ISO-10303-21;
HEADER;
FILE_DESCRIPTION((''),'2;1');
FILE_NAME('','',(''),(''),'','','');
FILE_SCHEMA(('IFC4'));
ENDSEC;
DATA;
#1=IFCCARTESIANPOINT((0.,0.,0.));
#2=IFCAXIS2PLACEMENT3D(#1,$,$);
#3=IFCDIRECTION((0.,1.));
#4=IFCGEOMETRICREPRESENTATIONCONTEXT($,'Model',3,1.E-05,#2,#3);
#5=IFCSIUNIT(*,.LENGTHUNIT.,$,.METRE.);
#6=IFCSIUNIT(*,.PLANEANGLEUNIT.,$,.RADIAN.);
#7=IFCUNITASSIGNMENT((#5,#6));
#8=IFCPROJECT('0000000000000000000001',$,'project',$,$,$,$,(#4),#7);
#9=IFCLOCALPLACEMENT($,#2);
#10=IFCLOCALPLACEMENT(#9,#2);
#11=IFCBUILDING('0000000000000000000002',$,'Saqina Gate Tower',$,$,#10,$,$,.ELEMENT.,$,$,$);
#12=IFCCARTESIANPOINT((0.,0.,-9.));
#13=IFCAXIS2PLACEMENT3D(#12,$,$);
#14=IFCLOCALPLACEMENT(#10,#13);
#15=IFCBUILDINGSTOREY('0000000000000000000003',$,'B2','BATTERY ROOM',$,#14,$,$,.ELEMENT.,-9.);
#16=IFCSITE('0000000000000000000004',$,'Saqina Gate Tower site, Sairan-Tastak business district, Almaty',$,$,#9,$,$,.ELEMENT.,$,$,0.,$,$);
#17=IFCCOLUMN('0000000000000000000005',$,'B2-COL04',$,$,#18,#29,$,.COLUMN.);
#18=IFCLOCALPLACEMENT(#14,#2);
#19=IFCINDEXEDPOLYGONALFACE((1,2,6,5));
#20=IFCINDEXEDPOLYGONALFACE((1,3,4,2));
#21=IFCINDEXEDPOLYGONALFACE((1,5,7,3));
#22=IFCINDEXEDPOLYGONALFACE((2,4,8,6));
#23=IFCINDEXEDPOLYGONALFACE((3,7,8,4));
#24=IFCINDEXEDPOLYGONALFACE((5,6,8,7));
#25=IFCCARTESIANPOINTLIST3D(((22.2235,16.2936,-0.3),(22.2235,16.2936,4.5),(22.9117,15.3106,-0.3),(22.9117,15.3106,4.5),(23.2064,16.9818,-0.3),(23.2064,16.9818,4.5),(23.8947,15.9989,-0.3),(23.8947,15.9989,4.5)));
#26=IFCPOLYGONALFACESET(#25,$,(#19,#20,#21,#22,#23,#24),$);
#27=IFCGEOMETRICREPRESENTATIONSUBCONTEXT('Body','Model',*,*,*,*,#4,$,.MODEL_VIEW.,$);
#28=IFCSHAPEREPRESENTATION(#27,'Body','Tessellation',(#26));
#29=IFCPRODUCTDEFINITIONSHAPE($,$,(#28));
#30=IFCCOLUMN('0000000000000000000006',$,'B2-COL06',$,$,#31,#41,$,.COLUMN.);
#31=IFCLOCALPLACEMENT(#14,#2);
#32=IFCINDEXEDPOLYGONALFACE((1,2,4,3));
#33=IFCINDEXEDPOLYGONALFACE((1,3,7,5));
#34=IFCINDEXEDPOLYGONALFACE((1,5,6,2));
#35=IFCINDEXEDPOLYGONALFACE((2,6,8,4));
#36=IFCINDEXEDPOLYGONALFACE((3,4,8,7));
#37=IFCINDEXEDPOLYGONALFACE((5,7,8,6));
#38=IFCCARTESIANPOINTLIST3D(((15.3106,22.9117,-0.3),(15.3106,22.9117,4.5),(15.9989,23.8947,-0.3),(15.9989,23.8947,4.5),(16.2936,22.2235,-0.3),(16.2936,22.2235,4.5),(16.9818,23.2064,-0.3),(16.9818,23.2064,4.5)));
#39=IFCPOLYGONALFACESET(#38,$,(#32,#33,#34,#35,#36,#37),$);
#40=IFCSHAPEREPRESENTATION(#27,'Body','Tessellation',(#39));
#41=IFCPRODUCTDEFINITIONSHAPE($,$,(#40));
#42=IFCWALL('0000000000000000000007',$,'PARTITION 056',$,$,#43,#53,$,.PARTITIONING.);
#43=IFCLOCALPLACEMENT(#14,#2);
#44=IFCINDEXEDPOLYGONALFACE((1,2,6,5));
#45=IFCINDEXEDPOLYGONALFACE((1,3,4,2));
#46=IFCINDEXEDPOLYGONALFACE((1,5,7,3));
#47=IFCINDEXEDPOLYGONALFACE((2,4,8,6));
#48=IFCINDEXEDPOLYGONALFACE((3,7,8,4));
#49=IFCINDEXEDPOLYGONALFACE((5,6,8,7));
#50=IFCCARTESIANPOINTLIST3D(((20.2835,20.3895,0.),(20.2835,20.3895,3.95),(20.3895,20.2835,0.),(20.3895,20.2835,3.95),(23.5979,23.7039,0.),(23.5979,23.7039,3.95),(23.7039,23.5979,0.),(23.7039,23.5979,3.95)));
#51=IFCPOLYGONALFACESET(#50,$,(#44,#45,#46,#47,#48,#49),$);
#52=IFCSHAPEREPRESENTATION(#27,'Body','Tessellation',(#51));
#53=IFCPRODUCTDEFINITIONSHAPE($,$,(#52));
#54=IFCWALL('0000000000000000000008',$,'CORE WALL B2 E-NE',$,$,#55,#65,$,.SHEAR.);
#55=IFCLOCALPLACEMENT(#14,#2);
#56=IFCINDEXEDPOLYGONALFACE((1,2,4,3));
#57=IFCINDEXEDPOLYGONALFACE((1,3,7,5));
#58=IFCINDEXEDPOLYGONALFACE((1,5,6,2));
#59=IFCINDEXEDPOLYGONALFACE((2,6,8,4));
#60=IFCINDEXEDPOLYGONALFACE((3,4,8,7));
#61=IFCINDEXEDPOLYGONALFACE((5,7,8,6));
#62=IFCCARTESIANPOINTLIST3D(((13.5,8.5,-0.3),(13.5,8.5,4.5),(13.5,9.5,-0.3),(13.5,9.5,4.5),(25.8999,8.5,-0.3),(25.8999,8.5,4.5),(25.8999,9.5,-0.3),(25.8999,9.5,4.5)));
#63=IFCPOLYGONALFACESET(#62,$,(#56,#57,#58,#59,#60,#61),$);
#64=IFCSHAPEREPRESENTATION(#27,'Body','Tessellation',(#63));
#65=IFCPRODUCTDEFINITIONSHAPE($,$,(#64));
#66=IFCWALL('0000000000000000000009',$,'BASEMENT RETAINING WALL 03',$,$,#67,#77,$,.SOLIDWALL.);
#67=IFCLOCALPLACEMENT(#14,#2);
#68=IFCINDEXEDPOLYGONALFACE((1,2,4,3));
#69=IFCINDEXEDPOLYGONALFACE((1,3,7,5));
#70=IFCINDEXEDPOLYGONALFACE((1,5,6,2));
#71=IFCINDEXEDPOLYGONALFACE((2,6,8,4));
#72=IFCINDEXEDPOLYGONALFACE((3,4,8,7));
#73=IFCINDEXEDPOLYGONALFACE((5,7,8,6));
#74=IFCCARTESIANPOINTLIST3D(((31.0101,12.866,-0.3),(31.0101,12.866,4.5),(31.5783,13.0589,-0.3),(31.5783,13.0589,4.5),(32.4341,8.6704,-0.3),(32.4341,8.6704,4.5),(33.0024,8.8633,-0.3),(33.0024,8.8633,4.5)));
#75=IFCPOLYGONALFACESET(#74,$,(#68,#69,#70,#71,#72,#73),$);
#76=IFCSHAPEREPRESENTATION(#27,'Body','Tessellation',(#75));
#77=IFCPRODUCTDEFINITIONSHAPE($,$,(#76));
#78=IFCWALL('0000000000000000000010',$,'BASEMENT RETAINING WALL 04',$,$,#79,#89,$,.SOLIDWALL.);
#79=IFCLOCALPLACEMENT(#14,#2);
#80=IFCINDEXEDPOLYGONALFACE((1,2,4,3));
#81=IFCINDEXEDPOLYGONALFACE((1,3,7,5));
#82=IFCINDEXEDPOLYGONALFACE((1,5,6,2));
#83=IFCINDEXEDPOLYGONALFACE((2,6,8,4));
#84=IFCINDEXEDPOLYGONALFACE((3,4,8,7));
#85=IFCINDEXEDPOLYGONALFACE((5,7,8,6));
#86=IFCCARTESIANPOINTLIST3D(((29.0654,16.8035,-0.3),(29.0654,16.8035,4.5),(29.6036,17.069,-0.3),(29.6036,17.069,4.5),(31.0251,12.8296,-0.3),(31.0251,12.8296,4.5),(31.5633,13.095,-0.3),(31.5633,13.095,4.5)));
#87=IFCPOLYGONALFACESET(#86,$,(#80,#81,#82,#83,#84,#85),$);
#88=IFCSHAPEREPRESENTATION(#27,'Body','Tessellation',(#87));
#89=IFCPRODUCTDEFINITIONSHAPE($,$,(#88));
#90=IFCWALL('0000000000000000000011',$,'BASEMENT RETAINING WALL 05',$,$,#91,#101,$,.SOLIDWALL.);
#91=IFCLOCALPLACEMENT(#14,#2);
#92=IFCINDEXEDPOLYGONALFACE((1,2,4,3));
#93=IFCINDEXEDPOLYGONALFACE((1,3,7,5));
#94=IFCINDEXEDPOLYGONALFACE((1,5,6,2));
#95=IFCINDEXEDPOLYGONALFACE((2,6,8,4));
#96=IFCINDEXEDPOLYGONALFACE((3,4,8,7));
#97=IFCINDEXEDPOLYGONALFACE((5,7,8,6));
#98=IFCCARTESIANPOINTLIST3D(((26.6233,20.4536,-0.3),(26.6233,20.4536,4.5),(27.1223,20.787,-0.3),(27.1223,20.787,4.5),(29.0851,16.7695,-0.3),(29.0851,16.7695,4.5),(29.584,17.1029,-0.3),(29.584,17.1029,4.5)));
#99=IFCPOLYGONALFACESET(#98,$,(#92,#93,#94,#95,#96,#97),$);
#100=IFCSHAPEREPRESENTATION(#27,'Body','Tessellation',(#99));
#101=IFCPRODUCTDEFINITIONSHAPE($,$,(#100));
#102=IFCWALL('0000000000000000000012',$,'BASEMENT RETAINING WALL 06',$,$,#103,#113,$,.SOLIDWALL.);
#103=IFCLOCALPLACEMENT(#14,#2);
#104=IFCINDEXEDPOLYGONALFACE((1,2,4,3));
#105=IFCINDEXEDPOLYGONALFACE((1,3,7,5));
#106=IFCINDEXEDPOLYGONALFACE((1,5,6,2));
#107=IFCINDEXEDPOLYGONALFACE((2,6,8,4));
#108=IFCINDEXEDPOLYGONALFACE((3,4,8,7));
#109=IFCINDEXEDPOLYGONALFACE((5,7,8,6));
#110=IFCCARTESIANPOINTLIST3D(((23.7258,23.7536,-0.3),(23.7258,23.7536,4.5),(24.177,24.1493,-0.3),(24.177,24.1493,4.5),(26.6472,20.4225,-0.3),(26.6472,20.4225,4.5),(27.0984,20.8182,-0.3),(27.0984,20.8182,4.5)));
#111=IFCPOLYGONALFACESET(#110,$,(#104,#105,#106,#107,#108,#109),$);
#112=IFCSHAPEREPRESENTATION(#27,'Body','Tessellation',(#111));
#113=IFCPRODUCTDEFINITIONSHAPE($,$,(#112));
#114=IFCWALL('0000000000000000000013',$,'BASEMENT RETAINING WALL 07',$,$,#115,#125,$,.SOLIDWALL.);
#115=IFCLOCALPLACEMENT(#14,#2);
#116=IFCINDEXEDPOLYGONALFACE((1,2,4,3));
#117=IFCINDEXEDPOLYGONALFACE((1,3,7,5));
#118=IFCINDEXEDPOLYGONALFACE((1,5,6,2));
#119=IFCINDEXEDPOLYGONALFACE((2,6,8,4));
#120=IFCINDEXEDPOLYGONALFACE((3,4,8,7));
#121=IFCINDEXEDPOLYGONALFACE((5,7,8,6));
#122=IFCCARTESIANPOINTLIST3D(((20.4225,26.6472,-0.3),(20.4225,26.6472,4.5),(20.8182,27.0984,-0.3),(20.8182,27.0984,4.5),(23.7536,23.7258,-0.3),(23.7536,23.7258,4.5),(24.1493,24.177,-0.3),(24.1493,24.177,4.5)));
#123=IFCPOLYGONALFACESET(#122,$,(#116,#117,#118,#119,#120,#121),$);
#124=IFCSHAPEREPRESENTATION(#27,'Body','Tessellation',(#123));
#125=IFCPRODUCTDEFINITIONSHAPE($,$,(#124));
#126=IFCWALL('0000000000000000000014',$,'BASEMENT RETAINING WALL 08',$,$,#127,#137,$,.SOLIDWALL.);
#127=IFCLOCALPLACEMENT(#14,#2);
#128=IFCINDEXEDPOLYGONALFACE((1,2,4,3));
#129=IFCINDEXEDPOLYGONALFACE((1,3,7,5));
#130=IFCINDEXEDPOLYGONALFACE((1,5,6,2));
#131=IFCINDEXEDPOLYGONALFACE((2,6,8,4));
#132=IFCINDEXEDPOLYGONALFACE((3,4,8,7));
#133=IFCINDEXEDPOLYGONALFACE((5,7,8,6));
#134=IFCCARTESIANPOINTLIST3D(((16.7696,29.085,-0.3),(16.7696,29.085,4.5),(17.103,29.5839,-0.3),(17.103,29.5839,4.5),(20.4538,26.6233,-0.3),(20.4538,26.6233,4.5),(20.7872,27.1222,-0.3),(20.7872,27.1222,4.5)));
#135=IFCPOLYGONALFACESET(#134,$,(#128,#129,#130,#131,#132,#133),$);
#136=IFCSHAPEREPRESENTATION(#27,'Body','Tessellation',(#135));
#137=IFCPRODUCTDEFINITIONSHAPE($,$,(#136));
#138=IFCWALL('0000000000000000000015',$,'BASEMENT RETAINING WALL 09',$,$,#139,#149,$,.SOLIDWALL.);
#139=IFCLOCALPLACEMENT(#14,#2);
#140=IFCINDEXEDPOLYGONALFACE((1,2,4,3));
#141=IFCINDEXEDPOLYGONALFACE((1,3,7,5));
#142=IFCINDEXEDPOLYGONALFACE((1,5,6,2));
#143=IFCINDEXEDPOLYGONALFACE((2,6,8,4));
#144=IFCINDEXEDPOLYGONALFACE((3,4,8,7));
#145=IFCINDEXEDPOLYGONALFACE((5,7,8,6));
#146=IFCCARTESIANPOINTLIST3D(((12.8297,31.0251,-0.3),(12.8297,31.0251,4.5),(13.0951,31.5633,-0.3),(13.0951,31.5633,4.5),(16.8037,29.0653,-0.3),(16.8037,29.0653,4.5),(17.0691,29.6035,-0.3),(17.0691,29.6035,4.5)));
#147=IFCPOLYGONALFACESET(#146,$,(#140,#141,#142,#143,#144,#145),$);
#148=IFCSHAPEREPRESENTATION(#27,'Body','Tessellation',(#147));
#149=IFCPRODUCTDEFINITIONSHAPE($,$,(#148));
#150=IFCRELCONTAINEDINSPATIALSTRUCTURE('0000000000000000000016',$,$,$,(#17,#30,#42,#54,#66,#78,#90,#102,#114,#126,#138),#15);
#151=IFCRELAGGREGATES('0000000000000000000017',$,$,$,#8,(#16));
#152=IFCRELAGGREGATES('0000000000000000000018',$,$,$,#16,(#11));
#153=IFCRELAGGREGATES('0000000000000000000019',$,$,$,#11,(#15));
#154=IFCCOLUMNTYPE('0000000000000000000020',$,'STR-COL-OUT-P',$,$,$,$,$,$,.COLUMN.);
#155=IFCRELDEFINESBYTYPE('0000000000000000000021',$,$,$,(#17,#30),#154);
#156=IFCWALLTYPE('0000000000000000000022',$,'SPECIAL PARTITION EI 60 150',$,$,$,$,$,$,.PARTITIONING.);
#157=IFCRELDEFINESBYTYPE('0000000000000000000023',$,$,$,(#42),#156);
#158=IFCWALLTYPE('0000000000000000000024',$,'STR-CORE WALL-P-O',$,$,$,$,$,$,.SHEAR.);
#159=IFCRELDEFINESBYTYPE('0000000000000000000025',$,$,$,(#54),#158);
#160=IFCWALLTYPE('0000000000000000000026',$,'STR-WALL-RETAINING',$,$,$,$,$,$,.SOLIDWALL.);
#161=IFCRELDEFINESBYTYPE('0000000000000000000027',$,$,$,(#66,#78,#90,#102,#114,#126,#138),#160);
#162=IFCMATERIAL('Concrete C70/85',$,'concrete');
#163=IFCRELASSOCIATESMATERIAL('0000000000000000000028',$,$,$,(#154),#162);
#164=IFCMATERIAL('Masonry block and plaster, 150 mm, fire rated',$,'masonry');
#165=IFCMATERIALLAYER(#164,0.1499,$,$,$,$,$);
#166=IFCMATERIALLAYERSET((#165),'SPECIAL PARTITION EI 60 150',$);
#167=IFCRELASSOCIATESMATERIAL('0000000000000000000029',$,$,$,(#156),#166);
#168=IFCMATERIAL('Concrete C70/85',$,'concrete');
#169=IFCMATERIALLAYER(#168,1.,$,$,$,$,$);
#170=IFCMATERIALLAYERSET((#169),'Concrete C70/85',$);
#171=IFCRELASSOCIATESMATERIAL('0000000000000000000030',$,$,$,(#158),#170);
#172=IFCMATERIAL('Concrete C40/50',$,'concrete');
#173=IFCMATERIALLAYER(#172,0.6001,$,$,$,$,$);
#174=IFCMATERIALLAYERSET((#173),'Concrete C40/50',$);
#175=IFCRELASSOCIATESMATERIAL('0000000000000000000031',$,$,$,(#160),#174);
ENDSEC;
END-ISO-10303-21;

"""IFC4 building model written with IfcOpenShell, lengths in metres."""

from ifc_helpers import new_model, si_unit, direction, frame, frame_2d, origin, origin_2d, place, context, subcontext, project, spatial, rectangle, extrude, material, layer, layer_set, material_profile, profile_set, type_object, element, save


model = new_model("IFC4")

# Units and contexts
model_context = context("Model", 3, precision=1e-05, world=origin(), true_north=direction((0.0, 1.0)))
body_context = subcontext(model_context, "Body", "Model", "MODEL_VIEW")
ifc_project = project(units=[si_unit("LENGTHUNIT", "METRE"), si_unit("PLANEANGLEUNIT", "RADIAN")], contexts=[model_context])

# Site, building, storey
site_placement = place(None, origin())
site = spatial("IfcSite", under=ifc_project, at=site_placement, Name="Saqina Gate Tower site, Sairan-Tastak business district, Almaty", CompositionType="ELEMENT", RefElevation=0.0)
building_placement = place(site_placement, origin())
building = spatial("IfcBuilding", under=site, at=building_placement, Name="Saqina Gate Tower", CompositionType="ELEMENT")
storey_placement = place(building_placement, frame((0.0, 0.0, -9.0)))
storey = spatial("IfcBuildingStorey", under=building, at=storey_placement, Name="B2", Description="BATTERY ROOM", CompositionType="ELEMENT", Elevation=-9.0)

# Columns
ifc_material_1 = material(Name="Concrete C70/85", Category="concrete")
ifc_material_profile_1 = material_profile(ifc_material_1, rectangle(XDim=1.2, YDim=1.2, at=origin_2d()), Name="RC 1200x1200")
ifc_profile_set_1 = profile_set([ifc_material_profile_1], Name="Concrete C70/85")
column_type_1 = type_object("IfcColumnType", Name="STR-COL-OUT-P", PredefinedType="COLUMN", material=ifc_profile_set_1)
for number, where, z_axis, x_axis, name in (
    (1, (23.0591, 16.1462, -0.3), (0.0, 0.0, 1.0), (0.819152, 0.573576, 0.0), "B2-COL04"),
    (2, (16.1462, 23.0591, -0.3), (0.0, 0.0, 1.0), (0.573576, 0.819152, 0.0), "B2-COL06"),
):
    element("IfcColumn", number, at=place(storey_placement, frame(where, z_axis=z_axis, x_axis=x_axis)), inside=storey, type_object=column_type_1, Name=name, PredefinedType="COLUMN", context=body_context, shape_type="SweptSolid", body=[
        extrude(rectangle(XDim=1.2, YDim=1.2, at=origin_2d()), origin(), (0.0, 0.0, 1.0), 4.8),
    ])

# Walls
ifc_material_2 = material(Name="Masonry block and plaster, 150 mm, fire rated", Category="masonry")
ifc_layer_1 = layer(ifc_material_2, 0.1499)
ifc_layer_set_1 = layer_set([ifc_layer_1], Name="SPECIAL PARTITION EI 60 150")
wall_type_1 = type_object("IfcWallType", Name="SPECIAL PARTITION EI 60 150", PredefinedType="PARTITIONING", material=ifc_layer_set_1)
wall_1_placement = place(storey_placement, frame((20.3364, 20.3364, 0.0), z_axis=(0.0, 0.0, 1.0), x_axis=(0.707107, 0.707107, 0.0)))
element("IfcWall", 3, at=wall_1_placement, inside=storey, type_object=wall_type_1, Name="PARTITION 056", PredefinedType="PARTITIONING", context=body_context, shape_type="SweptSolid", body=[
    extrude(rectangle(XDim=4.6873, YDim=0.1499, at=frame_2d((2.3438, 0.0))), origin(), (0.0, 0.0, 1.0), 3.95),
])
ifc_material_3 = material(Name="Concrete C70/85", Category="concrete")
ifc_layer_2 = layer(ifc_material_3, 1.0)
ifc_layer_set_2 = layer_set([ifc_layer_2], Name="Concrete C70/85")
wall_type_2 = type_object("IfcWallType", Name="STR-CORE WALL-P-O", PredefinedType="SHEAR", material=ifc_layer_set_2)
wall_2_placement = place(storey_placement, frame((13.5, 9.0, -0.3), z_axis=(0.0, 0.0, 1.0), x_axis=(1.0, 0.0, 0.0)))
element("IfcWall", 4, at=wall_2_placement, inside=storey, type_object=wall_type_2, Name="CORE WALL B2 E-NE", PredefinedType="SHEAR", context=body_context, shape_type="SweptSolid", body=[
    extrude(rectangle(XDim=12.3999, YDim=1.0, at=frame_2d((6.2, 0.0))), origin(), (0.0, 0.0, 1.0), 4.8),
])
ifc_material_4 = material(Name="Concrete C40/50", Category="concrete")
ifc_layer_3 = layer(ifc_material_4, 0.6001)
ifc_layer_set_3 = layer_set([ifc_layer_3], Name="Concrete C40/50")
wall_type_3 = type_object("IfcWallType", Name="STR-WALL-RETAINING", PredefinedType="SOLIDWALL", material=ifc_layer_set_3)
wall_3_placement = place(storey_placement, frame((32.7183, 8.7668, -0.3), z_axis=(0.0, 0.0, 1.0), x_axis=(-0.321414, 0.946939, 0.0)))
element("IfcWall", 5, at=wall_3_placement, inside=storey, type_object=wall_type_3, Name="BASEMENT RETAINING WALL 03", PredefinedType="SOLIDWALL", context=body_context, shape_type="SweptSolid", body=[
    extrude(rectangle(XDim=4.4307, YDim=0.6001, at=frame_2d((2.2153, 0.0))), origin(), (0.0, 0.0, 1.0), 4.8),
])
for number, where, z_axis, x_axis, name in (
    (6, (31.2942, 12.9624, -0.3), (0.0, 0.0, 1.0), (-0.442292, 0.896871, 0.0), "BASEMENT RETAINING WALL 04"),
    (7, (29.3345, 16.9363, -0.3), (0.0, 0.0, 1.0), (-0.555577, 0.831465, 0.0), "BASEMENT RETAINING WALL 05"),
):
    element("IfcWall", number, at=place(storey_placement, frame(where, z_axis=z_axis, x_axis=x_axis)), inside=storey, type_object=wall_type_3, Name=name, PredefinedType="SOLIDWALL", context=body_context, shape_type="SweptSolid", body=[
        extrude(rectangle(XDim=4.4309, YDim=0.6001, at=frame_2d((2.2153, 0.0))), origin(), (0.0, 0.0, 1.0), 4.8),
    ])
for number, where, z_axis, x_axis, name in (
    (8, (26.8728, 20.6204, -0.3), (0.0, 0.0, 1.0), (-0.659362, 0.751825, 0.0), "BASEMENT RETAINING WALL 06"),
    (9, (23.9514, 23.9514, -0.3), (0.0, 0.0, 1.0), (-0.751825, 0.659362, 0.0), "BASEMENT RETAINING WALL 07"),
):
    element("IfcWall", number, at=place(storey_placement, frame(where, z_axis=z_axis, x_axis=x_axis)), inside=storey, type_object=wall_type_3, Name=name, PredefinedType="SOLIDWALL", context=body_context, shape_type="SweptSolid", body=[
        extrude(rectangle(XDim=4.4307, YDim=0.6001, at=frame_2d((2.2153, 0.0))), origin(), (0.0, 0.0, 1.0), 4.8),
    ])
for number, where, z_axis, x_axis, name in (
    (10, (20.6204, 26.8728, -0.3), (0.0, 0.0, 1.0), (-0.831465, 0.555577, 0.0), "BASEMENT RETAINING WALL 08"),
    (11, (16.9363, 29.3345, -0.3), (0.0, 0.0, 1.0), (-0.896871, 0.442292, 0.0), "BASEMENT RETAINING WALL 09"),
):
    element("IfcWall", number, at=place(storey_placement, frame(where, z_axis=z_axis, x_axis=x_axis)), inside=storey, type_object=wall_type_3, Name=name, PredefinedType="SOLIDWALL", context=body_context, shape_type="SweptSolid", body=[
        extrude(rectangle(XDim=4.4309, YDim=0.6001, at=frame_2d((2.2153, 0.0))), origin(), (0.0, 0.0, 1.0), 4.8),
    ])

save(model, "model.ifc")
